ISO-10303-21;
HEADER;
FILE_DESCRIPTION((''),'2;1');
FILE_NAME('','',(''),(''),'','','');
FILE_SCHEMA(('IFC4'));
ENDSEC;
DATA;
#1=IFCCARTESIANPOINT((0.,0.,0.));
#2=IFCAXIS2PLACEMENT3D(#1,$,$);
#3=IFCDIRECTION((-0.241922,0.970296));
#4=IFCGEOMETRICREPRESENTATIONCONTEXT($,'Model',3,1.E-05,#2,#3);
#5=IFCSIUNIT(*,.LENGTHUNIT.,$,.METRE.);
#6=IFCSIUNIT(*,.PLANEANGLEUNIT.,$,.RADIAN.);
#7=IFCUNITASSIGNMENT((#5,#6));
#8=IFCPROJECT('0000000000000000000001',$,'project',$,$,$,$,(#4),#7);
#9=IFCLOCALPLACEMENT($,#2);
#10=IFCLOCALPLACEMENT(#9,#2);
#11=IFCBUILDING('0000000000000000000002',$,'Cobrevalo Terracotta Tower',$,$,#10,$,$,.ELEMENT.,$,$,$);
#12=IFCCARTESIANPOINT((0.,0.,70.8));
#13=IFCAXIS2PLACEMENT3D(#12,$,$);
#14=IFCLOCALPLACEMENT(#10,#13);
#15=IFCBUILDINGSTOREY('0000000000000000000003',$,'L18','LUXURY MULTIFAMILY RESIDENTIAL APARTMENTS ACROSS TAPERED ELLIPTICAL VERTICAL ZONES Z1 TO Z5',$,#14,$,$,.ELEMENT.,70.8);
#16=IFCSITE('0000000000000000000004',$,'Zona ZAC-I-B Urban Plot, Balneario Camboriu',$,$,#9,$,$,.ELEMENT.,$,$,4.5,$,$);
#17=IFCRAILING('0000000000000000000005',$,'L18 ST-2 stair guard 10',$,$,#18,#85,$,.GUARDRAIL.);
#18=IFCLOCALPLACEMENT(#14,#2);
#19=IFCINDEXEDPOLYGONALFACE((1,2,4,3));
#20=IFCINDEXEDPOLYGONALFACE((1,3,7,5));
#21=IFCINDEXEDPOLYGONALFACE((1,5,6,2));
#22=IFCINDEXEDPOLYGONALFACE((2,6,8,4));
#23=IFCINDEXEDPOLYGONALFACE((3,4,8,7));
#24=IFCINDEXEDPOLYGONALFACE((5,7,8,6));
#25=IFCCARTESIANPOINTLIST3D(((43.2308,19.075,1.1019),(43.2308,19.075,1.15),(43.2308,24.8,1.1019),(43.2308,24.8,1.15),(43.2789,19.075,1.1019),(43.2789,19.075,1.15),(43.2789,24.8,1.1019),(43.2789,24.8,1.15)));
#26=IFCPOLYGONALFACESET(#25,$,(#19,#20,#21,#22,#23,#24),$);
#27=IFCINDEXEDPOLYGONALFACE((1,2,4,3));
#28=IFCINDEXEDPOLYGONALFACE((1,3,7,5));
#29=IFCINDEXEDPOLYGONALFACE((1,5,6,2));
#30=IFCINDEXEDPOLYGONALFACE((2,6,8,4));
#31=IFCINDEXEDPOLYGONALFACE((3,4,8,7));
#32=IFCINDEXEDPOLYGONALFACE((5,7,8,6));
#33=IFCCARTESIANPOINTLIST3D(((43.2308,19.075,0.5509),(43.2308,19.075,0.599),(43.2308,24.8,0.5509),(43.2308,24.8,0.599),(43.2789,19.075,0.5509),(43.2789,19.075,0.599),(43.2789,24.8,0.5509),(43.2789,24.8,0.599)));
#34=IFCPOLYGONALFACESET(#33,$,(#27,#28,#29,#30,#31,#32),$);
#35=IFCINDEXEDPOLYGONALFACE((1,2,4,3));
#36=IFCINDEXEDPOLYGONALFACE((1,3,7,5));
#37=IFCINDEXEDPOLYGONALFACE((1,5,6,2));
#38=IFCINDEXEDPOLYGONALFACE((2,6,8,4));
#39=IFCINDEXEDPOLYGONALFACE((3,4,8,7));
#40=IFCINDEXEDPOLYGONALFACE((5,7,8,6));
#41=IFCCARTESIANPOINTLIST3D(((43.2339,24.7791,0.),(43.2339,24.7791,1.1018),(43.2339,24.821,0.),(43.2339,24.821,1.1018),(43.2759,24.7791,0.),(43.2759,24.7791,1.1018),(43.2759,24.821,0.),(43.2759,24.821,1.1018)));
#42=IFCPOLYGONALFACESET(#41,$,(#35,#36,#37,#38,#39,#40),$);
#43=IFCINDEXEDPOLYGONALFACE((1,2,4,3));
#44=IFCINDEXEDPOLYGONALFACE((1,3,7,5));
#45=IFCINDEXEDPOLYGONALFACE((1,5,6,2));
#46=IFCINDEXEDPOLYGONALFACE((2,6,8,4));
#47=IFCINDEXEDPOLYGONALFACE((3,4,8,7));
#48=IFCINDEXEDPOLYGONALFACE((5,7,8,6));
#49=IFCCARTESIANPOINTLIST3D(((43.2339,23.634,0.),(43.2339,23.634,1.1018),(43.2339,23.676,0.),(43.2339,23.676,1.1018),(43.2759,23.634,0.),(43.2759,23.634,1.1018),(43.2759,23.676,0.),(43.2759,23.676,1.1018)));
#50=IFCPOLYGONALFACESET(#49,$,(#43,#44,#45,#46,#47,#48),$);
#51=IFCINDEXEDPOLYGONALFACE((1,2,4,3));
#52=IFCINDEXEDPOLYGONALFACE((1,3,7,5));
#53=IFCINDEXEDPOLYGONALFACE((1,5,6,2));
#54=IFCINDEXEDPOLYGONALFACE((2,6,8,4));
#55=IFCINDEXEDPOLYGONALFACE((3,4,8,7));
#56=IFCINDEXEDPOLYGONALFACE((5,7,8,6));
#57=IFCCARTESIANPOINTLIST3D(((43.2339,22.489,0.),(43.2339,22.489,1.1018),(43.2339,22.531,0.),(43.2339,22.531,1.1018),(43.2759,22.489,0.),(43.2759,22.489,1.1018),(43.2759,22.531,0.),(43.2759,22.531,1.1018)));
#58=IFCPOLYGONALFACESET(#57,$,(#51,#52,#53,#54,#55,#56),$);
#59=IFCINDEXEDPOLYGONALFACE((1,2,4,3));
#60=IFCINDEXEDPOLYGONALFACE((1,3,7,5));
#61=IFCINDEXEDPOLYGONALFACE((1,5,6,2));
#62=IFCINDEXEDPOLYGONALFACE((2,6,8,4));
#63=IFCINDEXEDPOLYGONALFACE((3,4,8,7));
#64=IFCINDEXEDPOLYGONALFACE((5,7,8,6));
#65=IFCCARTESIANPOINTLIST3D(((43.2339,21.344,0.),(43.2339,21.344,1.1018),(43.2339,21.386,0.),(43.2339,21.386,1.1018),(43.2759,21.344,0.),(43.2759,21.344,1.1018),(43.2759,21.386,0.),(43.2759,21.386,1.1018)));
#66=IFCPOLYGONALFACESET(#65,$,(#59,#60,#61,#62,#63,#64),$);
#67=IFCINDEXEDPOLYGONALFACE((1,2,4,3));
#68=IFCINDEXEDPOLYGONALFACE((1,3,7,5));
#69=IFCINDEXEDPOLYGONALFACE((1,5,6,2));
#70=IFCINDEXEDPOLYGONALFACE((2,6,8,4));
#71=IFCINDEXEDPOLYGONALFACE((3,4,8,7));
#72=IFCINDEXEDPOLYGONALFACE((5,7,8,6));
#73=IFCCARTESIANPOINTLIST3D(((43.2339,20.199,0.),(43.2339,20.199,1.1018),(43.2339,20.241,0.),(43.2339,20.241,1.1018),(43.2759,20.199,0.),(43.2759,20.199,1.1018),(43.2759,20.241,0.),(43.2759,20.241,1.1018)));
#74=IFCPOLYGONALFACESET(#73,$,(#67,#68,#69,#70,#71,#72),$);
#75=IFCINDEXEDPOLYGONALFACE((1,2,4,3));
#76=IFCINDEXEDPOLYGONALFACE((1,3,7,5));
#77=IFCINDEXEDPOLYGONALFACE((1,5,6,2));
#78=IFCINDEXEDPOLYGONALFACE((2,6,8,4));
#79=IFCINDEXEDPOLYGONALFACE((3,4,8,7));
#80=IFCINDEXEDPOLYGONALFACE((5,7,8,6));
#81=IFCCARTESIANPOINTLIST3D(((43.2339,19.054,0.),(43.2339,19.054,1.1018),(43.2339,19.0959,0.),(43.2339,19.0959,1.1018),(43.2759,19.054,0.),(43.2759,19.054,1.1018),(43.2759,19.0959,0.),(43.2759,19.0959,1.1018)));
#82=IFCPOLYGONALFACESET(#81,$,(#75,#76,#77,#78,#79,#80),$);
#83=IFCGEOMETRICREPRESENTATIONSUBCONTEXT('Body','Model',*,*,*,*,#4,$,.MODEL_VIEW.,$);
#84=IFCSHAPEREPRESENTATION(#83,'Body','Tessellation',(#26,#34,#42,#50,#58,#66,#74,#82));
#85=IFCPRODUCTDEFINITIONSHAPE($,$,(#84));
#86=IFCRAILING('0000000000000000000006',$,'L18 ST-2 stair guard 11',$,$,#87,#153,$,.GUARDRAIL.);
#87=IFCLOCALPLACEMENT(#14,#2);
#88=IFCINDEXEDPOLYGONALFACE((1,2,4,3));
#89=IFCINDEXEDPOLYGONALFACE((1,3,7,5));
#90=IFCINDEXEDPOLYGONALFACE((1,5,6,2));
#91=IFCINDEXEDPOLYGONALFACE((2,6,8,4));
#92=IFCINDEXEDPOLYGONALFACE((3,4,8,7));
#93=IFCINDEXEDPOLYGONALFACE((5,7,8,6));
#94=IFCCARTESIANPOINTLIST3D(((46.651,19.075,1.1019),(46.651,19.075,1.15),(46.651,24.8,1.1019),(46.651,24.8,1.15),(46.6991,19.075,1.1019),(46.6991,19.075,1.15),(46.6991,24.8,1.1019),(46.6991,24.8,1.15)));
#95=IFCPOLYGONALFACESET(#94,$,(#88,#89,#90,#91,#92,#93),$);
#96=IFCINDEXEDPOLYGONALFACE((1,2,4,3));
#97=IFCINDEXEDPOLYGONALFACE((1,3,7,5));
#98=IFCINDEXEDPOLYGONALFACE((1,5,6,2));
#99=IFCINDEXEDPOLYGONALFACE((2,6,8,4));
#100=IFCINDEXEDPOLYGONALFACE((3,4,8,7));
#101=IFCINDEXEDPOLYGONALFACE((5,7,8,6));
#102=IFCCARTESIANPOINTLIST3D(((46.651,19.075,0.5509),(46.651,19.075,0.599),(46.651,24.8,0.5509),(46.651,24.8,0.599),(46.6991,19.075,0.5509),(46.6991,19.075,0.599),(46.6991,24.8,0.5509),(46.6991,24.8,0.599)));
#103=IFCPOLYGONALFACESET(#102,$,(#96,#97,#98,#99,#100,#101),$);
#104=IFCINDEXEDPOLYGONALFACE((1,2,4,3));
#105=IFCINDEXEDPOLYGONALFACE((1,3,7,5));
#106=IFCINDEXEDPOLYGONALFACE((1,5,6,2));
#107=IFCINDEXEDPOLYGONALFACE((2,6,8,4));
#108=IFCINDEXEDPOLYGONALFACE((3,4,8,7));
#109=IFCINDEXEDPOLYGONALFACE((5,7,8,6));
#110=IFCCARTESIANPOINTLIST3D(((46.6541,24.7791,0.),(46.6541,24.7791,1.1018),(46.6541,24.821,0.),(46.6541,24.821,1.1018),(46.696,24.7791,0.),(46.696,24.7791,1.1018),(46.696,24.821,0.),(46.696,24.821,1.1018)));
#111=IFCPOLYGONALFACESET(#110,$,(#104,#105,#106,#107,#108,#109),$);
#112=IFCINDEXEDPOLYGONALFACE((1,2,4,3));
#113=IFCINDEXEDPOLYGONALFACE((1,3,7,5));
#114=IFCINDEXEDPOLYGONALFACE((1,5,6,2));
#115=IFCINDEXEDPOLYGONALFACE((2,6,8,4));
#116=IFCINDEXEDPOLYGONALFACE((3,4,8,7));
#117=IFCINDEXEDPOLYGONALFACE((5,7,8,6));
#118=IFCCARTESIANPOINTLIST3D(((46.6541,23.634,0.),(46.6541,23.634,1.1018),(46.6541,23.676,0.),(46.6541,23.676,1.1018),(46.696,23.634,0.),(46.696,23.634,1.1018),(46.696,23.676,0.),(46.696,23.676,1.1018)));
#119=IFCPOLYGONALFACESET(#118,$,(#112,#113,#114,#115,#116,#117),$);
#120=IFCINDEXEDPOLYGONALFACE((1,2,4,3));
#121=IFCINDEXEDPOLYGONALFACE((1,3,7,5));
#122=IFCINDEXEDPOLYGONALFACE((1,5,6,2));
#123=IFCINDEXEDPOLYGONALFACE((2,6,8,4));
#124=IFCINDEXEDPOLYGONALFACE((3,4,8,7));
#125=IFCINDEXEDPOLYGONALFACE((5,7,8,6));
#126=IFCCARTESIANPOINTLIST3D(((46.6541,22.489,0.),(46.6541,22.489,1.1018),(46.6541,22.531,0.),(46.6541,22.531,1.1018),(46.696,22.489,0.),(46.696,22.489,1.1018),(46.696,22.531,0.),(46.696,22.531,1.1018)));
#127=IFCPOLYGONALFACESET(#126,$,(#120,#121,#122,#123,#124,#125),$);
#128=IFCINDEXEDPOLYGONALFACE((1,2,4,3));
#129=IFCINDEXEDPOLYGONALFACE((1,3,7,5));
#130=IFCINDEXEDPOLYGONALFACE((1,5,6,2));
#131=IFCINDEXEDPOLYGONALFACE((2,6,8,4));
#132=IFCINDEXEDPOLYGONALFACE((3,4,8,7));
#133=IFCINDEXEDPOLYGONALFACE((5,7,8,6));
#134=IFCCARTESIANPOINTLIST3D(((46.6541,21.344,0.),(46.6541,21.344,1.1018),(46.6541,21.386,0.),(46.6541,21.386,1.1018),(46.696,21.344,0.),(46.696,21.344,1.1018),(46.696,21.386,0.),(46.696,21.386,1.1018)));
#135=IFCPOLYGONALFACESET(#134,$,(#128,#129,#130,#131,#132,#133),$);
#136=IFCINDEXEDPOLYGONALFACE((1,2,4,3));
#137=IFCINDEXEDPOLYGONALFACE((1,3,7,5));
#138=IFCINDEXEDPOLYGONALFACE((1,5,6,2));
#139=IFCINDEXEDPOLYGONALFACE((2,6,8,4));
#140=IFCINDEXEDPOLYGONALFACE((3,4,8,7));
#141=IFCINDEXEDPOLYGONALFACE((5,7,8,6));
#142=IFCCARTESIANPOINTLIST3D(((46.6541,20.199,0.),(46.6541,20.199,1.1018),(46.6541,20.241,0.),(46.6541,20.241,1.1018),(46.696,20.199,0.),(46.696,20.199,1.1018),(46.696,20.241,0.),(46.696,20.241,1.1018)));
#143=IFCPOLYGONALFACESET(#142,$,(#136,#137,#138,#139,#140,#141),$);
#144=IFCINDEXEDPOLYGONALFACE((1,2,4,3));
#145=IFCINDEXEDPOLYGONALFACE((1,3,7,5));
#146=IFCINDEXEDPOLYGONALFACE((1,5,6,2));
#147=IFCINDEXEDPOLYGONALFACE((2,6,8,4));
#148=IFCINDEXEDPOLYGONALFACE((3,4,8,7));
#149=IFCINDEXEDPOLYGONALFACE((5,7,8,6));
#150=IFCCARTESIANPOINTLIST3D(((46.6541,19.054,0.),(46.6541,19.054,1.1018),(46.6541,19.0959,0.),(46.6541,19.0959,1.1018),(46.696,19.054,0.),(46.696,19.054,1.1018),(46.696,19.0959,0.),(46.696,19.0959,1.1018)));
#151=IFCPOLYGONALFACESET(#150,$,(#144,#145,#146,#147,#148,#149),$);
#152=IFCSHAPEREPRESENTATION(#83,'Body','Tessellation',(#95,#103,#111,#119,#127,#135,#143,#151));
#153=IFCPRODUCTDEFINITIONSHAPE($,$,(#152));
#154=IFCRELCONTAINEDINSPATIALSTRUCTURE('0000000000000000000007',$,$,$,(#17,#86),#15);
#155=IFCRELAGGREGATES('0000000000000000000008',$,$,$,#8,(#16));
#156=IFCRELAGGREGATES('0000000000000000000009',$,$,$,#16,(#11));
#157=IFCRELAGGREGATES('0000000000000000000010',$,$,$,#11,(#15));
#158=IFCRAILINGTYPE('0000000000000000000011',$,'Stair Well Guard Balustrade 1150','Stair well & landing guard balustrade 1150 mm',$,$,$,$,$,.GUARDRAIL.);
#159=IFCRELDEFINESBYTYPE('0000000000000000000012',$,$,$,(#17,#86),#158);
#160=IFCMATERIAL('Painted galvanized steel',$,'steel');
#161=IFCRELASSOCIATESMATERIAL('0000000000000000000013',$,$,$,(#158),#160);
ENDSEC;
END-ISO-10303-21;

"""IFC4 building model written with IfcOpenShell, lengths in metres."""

from ifc_helpers import new_model, si_unit, direction, frame, origin, origin_2d, place, context, subcontext, project, spatial, rectangle, extrude, material, type_object, element, save


model = new_model("IFC4")

# Units and contexts
model_context = context("Model", 3, precision=1e-05, world=origin(), true_north=direction((-0.241922, 0.970296)))
body_context = subcontext(model_context, "Body", "Model", "MODEL_VIEW")
ifc_project = project(units=[si_unit("LENGTHUNIT", "METRE"), si_unit("PLANEANGLEUNIT", "RADIAN")], contexts=[model_context])

# Site, building, storey
site_placement = place(None, origin())
site = spatial("IfcSite", under=ifc_project, at=site_placement, Name="Zona ZAC-I-B Urban Plot, Balneario Camboriu", CompositionType="ELEMENT", RefElevation=4.5)
building_placement = place(site_placement, origin())
building = spatial("IfcBuilding", under=site, at=building_placement, Name="Cobrevalo Terracotta Tower", CompositionType="ELEMENT")
storey_placement = place(building_placement, frame((0.0, 0.0, 70.8)))
storey = spatial("IfcBuildingStorey", under=building, at=storey_placement, Name="L18", Description="LUXURY MULTIFAMILY RESIDENTIAL APARTMENTS ACROSS TAPERED ELLIPTICAL VERTICAL ZONES Z1 TO Z5", CompositionType="ELEMENT", Elevation=70.8)

# Railings
ifc_material_1 = material(Name="Painted galvanized steel", Category="steel")
railing_type_1 = type_object("IfcRailingType", Name="Stair Well Guard Balustrade 1150", Description="Stair well & landing guard balustrade 1150 mm", PredefinedType="GUARDRAIL", material=ifc_material_1)
for number, where, name in (
    (1, (43.2549, 24.8, 0.0), "L18 ST-2 stair guard 10"),
    (2, (46.675, 24.8, 0.0), "L18 ST-2 stair guard 11"),
):
    element("IfcRailing", number, at=place(storey_placement, frame(where)), inside=storey, type_object=railing_type_1, Name=name, PredefinedType="GUARDRAIL", context=body_context, shape_type="SweptSolid", body=[
        extrude(rectangle(XDim=0.0481, YDim=0.0481, at=origin_2d()), frame((0.0, 0.0, 1.126), z_axis=(0.0, -1.0, 0.0), x_axis=(1.0, 0.0, 0.0)), (0.0, 0.0, 1.0), 5.7251),
        extrude(rectangle(XDim=0.0481, YDim=0.0481, at=origin_2d()), frame((0.0, 0.0, 0.575), z_axis=(0.0, -1.0, 0.0), x_axis=(1.0, 0.0, 0.0)), (0.0, 0.0, 1.0), 5.7251),
        extrude(rectangle(XDim=0.042, YDim=0.042, at=origin_2d()), origin(), (0.0, 0.0, 1.0), 1.1018),
        extrude(rectangle(XDim=0.042, YDim=0.042, at=origin_2d()), frame((0.0, -1.145, 0.0)), (0.0, 0.0, 1.0), 1.1018),
        extrude(rectangle(XDim=0.042, YDim=0.042, at=origin_2d()), frame((0.0, -2.29, 0.0)), (0.0, 0.0, 1.0), 1.1018),
        extrude(rectangle(XDim=0.042, YDim=0.042, at=origin_2d()), frame((0.0, -3.4351, 0.0)), (0.0, 0.0, 1.0), 1.1018),
        extrude(rectangle(XDim=0.042, YDim=0.042, at=origin_2d()), frame((0.0, -4.5801, 0.0)), (0.0, 0.0, 1.0), 1.1018),
        extrude(rectangle(XDim=0.042, YDim=0.042, at=origin_2d()), frame((0.0, -5.7251, 0.0)), (0.0, 0.0, 1.0), 1.1018),
    ])

save(model, "model.ifc")
